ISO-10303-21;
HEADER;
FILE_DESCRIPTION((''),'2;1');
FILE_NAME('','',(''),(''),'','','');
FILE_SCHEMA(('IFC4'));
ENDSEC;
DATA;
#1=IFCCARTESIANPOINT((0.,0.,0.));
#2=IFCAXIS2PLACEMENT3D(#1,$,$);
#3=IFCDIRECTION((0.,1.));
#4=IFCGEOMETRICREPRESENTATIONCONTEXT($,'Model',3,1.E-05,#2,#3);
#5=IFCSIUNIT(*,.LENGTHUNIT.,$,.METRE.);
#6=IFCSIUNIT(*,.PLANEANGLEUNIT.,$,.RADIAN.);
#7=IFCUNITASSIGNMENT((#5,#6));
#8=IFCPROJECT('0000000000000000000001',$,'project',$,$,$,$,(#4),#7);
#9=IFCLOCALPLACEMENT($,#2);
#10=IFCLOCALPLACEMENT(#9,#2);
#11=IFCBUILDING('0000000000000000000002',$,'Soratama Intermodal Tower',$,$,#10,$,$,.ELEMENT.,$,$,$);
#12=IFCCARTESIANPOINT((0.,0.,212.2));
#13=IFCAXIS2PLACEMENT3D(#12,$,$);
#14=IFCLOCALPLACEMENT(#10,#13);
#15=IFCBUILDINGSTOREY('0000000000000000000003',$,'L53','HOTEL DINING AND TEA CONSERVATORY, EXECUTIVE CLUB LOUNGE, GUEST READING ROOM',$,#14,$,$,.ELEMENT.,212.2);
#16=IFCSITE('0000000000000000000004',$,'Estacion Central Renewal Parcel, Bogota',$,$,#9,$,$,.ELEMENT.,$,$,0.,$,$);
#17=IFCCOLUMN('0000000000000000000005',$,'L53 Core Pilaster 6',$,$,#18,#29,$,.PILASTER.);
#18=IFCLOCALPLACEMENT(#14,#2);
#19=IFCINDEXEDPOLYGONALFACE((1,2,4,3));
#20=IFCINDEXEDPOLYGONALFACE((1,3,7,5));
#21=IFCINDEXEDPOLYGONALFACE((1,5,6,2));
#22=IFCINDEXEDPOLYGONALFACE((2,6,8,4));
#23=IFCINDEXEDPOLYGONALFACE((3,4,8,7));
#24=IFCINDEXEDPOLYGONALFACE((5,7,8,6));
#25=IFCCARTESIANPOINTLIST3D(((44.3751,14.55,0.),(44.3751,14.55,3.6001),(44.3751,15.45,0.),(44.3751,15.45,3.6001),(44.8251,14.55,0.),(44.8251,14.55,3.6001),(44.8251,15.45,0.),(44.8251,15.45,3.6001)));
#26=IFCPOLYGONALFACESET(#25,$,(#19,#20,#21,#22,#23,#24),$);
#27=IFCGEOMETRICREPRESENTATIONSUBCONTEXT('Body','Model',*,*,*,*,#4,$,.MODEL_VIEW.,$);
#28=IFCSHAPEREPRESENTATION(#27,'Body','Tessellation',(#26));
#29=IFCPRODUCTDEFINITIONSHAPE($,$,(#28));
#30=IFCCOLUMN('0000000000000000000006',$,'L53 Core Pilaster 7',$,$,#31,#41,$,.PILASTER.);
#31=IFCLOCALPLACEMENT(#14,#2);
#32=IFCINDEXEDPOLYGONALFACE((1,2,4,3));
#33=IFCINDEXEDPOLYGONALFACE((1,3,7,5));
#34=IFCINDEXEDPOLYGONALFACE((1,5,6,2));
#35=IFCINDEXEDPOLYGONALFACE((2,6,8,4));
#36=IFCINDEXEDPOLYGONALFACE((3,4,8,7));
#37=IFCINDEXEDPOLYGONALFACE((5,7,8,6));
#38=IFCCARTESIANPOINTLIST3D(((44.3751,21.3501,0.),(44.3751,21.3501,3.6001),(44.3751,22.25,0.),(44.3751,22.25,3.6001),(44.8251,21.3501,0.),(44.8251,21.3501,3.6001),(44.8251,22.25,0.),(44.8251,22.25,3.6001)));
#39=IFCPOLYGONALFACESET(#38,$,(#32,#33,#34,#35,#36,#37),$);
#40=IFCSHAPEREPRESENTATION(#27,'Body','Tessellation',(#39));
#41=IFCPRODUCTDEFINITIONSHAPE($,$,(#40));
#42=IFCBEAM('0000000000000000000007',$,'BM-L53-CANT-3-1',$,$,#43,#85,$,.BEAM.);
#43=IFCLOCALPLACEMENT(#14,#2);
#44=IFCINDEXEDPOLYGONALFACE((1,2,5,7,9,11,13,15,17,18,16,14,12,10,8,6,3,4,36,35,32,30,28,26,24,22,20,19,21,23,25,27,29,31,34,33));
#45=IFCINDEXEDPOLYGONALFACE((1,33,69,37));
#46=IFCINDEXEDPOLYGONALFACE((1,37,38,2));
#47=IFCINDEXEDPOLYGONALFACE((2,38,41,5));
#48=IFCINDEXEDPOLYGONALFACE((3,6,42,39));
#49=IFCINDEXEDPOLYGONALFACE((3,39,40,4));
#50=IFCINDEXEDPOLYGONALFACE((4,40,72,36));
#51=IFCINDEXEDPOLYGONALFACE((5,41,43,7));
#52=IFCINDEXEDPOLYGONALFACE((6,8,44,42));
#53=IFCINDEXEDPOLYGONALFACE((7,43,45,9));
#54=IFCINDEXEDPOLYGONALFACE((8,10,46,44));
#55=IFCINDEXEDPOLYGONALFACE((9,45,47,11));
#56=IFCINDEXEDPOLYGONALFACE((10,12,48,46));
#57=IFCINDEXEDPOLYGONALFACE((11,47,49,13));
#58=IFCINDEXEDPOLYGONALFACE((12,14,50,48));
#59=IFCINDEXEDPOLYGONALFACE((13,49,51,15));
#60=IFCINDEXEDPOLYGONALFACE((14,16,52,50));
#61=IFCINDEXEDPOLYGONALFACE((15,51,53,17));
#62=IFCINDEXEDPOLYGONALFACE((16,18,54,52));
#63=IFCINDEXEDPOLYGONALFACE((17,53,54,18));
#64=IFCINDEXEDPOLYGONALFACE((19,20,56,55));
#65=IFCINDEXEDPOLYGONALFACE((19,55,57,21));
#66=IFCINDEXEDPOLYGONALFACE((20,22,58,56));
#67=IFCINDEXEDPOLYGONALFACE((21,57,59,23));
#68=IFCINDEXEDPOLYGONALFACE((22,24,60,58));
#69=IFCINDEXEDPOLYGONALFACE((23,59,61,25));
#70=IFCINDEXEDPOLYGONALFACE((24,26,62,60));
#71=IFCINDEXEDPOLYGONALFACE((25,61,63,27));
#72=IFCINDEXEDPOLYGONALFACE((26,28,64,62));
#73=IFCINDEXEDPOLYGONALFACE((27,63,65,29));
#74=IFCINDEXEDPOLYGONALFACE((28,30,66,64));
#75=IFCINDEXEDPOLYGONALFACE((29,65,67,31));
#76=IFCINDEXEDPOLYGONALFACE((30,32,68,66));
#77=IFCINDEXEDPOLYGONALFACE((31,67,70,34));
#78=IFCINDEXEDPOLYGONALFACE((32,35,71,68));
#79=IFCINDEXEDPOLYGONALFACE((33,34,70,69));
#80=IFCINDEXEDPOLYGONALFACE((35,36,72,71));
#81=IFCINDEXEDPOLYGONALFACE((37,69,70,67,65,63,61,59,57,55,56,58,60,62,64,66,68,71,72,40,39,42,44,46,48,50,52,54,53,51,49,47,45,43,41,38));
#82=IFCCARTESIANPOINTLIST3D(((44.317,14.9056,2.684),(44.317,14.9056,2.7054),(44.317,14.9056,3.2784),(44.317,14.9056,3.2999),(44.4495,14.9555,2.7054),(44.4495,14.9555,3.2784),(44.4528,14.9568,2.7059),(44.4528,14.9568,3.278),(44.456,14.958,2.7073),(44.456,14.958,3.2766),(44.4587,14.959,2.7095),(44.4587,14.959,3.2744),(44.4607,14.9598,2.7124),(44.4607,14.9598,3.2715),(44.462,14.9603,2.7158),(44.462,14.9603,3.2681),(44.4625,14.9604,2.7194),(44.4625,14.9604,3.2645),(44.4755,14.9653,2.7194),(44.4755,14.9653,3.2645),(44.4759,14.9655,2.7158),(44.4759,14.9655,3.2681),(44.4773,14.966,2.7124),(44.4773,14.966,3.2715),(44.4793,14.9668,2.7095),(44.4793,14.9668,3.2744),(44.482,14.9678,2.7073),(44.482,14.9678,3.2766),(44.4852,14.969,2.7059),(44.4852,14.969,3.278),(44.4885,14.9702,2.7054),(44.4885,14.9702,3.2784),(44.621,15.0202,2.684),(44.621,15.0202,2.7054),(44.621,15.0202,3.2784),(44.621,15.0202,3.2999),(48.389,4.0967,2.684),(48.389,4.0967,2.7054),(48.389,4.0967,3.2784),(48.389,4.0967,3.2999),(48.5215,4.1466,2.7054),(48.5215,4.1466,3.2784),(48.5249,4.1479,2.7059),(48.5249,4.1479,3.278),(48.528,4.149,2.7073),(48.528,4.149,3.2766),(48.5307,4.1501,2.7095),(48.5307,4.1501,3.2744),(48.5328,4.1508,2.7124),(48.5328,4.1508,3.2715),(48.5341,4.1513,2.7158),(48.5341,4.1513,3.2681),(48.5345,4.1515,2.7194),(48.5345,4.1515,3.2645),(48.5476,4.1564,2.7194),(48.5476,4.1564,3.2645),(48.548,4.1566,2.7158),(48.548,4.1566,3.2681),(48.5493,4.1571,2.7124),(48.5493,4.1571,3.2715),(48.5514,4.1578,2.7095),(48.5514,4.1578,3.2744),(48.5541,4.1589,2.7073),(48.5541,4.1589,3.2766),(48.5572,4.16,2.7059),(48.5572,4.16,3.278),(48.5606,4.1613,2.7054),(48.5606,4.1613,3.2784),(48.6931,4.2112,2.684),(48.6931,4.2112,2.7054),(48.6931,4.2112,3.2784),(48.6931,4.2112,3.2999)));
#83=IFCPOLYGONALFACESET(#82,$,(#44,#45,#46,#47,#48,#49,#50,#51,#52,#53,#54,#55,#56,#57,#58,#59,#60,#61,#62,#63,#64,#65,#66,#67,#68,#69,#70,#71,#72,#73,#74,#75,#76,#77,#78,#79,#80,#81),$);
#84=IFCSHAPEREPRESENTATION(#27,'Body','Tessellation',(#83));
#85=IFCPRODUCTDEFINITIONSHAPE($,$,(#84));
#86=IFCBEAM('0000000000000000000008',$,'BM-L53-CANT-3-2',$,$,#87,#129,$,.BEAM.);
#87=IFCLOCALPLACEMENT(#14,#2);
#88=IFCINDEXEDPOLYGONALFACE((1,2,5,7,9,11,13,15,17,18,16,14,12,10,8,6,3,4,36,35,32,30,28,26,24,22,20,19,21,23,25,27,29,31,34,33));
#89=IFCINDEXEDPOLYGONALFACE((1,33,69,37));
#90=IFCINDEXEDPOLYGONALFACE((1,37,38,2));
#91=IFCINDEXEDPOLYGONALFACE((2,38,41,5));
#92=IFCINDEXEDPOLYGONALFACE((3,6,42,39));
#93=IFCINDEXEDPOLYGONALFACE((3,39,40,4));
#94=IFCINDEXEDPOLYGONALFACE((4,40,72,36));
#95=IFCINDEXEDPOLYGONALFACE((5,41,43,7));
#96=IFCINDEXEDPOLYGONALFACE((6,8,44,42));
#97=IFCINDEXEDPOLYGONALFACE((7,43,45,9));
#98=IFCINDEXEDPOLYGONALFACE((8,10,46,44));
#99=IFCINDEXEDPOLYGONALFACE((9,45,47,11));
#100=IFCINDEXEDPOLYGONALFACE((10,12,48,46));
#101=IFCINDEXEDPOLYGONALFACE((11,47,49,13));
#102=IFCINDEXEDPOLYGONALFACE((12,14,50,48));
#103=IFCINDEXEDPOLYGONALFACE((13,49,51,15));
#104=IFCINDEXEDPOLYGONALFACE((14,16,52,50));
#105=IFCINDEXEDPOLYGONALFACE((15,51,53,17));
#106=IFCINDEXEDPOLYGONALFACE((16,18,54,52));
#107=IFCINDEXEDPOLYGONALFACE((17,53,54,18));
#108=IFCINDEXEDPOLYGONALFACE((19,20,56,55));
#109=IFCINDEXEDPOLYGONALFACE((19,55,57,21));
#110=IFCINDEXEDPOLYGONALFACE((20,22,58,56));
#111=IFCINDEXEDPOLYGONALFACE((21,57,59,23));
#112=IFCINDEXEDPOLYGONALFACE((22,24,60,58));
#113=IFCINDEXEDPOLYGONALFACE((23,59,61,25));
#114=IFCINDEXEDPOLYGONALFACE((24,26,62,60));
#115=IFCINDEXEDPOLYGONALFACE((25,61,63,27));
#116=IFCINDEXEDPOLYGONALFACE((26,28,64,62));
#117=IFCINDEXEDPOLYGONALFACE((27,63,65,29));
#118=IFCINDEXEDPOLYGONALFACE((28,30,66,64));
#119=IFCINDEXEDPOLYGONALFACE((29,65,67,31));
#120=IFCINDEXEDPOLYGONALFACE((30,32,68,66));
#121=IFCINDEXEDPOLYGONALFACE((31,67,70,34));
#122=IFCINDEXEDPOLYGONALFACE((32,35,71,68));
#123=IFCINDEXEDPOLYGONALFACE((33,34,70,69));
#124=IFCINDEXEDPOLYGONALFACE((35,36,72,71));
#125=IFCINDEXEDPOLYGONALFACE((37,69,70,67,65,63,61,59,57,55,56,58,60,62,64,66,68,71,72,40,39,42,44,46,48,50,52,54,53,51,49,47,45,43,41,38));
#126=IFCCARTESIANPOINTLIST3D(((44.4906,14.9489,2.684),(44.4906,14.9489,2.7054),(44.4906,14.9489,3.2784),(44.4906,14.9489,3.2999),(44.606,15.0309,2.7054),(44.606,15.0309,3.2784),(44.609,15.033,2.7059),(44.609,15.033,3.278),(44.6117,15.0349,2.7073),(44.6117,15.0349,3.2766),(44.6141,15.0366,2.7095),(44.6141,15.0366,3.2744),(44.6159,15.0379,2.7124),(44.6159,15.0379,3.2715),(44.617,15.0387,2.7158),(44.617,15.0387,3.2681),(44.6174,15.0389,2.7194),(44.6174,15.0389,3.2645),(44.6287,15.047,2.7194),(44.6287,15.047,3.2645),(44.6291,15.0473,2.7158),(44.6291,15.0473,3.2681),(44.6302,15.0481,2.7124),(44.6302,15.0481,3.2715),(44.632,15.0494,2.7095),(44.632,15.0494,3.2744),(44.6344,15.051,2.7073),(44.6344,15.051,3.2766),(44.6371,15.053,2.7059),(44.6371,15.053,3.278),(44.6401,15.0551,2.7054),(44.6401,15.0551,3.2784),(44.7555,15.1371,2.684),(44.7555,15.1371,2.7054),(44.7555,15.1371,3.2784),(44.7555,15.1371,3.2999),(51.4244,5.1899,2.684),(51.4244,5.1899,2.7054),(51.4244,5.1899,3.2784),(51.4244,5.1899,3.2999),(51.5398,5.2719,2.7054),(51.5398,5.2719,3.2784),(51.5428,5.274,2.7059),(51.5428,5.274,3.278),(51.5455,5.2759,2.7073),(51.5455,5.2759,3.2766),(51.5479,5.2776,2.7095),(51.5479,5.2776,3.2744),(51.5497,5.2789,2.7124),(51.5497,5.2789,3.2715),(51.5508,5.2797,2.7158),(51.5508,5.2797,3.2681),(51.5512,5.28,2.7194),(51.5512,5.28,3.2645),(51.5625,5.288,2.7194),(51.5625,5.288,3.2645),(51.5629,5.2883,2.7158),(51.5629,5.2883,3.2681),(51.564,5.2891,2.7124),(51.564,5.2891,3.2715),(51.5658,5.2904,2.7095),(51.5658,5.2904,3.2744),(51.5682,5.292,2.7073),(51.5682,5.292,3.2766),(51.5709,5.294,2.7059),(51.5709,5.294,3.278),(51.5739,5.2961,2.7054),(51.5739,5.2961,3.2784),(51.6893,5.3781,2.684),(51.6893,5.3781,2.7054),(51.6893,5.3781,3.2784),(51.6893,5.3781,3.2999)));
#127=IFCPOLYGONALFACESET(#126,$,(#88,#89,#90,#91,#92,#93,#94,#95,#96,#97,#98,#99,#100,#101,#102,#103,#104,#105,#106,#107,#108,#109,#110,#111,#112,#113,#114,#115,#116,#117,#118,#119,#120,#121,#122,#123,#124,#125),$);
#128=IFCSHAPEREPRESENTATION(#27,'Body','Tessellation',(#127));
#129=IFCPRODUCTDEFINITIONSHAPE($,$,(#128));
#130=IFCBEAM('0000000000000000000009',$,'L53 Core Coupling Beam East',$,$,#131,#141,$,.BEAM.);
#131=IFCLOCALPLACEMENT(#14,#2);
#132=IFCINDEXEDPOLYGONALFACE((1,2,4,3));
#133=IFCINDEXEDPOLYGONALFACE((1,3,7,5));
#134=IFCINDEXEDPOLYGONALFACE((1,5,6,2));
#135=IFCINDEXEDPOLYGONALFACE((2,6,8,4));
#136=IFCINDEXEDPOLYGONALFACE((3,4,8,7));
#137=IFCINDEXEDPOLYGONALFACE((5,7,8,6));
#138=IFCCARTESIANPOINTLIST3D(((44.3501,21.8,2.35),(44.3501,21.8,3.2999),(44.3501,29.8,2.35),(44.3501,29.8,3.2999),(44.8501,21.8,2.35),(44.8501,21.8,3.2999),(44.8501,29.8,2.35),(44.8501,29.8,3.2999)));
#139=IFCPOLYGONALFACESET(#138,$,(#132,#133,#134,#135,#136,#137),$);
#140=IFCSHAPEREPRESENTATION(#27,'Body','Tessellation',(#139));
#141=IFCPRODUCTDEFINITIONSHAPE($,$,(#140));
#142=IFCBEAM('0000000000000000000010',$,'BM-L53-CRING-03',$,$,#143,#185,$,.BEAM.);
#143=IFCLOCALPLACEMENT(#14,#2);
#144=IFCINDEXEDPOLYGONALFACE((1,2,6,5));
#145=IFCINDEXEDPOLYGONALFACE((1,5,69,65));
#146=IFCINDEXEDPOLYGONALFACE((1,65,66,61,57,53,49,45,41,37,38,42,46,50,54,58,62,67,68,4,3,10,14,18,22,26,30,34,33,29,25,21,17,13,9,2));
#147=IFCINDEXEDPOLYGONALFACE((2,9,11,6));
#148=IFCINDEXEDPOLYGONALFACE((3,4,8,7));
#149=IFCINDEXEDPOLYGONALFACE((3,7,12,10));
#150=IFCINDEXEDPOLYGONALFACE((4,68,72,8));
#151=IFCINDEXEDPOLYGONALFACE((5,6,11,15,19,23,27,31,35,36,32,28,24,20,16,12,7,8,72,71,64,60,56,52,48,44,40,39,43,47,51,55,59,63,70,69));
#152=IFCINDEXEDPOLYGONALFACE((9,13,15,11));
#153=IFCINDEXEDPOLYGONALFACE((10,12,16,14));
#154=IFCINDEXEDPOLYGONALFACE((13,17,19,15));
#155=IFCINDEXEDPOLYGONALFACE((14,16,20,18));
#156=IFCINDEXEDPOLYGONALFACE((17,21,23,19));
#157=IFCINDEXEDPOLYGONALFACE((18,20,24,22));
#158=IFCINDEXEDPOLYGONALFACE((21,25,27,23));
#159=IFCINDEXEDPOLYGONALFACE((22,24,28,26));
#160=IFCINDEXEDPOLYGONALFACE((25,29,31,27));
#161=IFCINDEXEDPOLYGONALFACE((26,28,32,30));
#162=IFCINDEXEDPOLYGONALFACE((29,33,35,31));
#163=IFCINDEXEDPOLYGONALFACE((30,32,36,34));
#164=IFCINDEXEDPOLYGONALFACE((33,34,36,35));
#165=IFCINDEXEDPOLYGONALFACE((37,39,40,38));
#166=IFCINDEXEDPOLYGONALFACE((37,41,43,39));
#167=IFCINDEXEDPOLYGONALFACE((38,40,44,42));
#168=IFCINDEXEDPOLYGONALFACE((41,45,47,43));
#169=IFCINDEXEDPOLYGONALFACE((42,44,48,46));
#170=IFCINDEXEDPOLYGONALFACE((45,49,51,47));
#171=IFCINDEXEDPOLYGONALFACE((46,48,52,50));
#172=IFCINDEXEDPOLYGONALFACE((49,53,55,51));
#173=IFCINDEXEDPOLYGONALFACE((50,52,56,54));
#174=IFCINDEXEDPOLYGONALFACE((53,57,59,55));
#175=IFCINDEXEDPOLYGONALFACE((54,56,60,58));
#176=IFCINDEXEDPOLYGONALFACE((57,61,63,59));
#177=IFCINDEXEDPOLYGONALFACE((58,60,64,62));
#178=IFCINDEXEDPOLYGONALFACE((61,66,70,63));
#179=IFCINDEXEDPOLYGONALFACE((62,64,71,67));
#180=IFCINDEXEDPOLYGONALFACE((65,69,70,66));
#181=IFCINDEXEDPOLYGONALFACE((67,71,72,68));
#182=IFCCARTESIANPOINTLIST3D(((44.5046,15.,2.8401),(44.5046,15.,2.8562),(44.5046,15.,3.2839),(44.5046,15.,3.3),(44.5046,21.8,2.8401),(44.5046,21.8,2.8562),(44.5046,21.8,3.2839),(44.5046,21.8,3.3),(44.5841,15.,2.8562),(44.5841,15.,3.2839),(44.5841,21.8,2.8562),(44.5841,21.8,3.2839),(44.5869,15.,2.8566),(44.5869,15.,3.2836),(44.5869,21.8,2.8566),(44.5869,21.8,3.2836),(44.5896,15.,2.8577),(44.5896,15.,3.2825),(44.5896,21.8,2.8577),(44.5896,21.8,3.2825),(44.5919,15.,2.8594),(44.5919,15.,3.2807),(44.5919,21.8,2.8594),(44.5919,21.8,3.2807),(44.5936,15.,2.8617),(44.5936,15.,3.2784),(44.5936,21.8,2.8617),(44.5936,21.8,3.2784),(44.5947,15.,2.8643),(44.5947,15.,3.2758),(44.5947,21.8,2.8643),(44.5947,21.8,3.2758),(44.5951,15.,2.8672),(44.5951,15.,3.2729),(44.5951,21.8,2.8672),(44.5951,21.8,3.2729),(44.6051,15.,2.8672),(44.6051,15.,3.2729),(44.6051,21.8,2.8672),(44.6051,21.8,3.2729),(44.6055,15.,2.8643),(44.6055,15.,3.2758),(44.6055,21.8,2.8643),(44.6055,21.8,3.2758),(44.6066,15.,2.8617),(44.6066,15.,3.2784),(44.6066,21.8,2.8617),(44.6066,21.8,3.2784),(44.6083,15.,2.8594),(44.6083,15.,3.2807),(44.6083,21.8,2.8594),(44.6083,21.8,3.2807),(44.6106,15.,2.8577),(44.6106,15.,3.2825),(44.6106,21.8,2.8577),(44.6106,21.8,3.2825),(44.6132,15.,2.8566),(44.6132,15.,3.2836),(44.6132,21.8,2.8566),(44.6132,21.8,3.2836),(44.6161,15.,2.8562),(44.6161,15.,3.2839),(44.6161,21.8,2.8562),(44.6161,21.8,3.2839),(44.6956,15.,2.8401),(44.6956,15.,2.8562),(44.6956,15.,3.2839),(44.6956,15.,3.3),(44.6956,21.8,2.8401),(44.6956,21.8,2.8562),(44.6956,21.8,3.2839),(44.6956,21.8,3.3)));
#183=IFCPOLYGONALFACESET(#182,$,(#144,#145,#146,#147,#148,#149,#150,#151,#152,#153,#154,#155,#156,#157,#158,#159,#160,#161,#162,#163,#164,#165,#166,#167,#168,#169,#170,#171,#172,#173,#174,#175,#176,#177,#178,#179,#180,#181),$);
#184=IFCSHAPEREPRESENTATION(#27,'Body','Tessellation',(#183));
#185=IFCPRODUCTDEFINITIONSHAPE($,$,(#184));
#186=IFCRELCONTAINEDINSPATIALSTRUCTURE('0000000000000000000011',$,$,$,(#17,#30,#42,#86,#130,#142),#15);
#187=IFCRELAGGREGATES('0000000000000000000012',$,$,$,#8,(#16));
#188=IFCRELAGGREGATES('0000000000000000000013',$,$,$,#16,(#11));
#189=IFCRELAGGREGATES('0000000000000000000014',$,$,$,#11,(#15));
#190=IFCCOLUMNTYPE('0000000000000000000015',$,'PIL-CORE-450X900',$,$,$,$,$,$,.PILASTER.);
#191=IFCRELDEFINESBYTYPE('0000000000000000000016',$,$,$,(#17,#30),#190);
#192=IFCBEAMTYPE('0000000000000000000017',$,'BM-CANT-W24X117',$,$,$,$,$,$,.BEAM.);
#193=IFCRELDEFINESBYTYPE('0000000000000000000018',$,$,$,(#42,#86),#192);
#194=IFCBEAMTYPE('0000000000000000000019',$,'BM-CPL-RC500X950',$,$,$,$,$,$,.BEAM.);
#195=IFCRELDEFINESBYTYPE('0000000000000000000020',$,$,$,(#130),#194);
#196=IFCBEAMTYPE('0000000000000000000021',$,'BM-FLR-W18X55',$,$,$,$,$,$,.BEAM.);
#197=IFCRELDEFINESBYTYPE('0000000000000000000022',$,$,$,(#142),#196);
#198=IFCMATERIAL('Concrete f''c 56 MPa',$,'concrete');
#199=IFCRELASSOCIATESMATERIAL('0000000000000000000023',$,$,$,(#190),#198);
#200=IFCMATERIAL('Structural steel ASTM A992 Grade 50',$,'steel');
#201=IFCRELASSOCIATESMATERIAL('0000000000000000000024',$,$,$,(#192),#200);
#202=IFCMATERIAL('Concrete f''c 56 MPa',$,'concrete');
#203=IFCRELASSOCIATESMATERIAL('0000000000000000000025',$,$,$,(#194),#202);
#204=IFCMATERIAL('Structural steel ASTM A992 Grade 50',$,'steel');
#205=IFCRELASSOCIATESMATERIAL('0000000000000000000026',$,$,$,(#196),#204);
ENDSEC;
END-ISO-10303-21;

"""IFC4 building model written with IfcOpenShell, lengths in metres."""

from ifc_helpers import new_model, si_unit, direction, frame, origin, origin_2d, place, context, subcontext, project, spatial, rectangle, i_section, extrude, material, material_profile, profile_set, type_object, element, save


model = new_model("IFC4")

# Units and contexts
model_context = context("Model", 3, precision=1e-05, world=origin(), true_north=direction((0.0, 1.0)))
body_context = subcontext(model_context, "Body", "Model", "MODEL_VIEW")
ifc_project = project(units=[si_unit("LENGTHUNIT", "METRE"), si_unit("PLANEANGLEUNIT", "RADIAN")], contexts=[model_context])

# Site, building, storey
site_placement = place(None, origin())
site = spatial("IfcSite", under=ifc_project, at=site_placement, Name="Estacion Central Renewal Parcel, Bogota", CompositionType="ELEMENT", RefElevation=0.0)
building_placement = place(site_placement, origin())
building = spatial("IfcBuilding", under=site, at=building_placement, Name="Soratama Intermodal Tower", CompositionType="ELEMENT")
storey_placement = place(building_placement, frame((0.0, 0.0, 212.2)))
storey = spatial("IfcBuildingStorey", under=building, at=storey_placement, Name="L53", Description="HOTEL DINING AND TEA CONSERVATORY, EXECUTIVE CLUB LOUNGE, GUEST READING ROOM", CompositionType="ELEMENT", Elevation=212.2)

# Columns
ifc_material_1 = material(Name="Concrete f'c 56 MPa", Category="concrete")
ifc_material_profile_1 = material_profile(ifc_material_1, rectangle(XDim=0.45, YDim=0.8999, at=origin_2d()), Name="RC450X900")
ifc_profile_set_1 = profile_set([ifc_material_profile_1], Name="Concrete f'c 56 MPa")
column_type = type_object("IfcColumnType", Name="PIL-CORE-450X900", PredefinedType="PILASTER", material=ifc_profile_set_1)
for number, where, z_axis, x_axis, name in (
    (1, (44.6001, 15.0, 0.0), (0.0, 0.0, 1.0), (1.0, 0.0, 0.0), "L53 Core Pilaster 6"),
    (2, (44.6001, 21.8, 0.0), (0.0, 0.0, 1.0), (1.0, 0.0, 0.0), "L53 Core Pilaster 7"),
):
    element("IfcColumn", number, at=place(storey_placement, frame(where, z_axis=z_axis, x_axis=x_axis)), inside=storey, type_object=column_type, Name=name, PredefinedType="PILASTER", context=body_context, shape_type="SweptSolid", body=[
        extrude(rectangle(XDim=0.45, YDim=0.8999, at=origin_2d()), origin(), (0.0, 0.0, 1.0), 3.6001),
    ])

# Beams
ifc_material_2 = material(Name="Structural steel ASTM A992 Grade 50", Category="steel")
ifc_material_profile_2 = material_profile(ifc_material_2, i_section(OverallWidth=0.325, OverallDepth=0.616, WebThickness=0.0139, FlangeThickness=0.0215, FilletRadius=0.0139, at=origin_2d()), Name="W24X117")
ifc_profile_set_2 = profile_set([ifc_material_profile_2], Name="Structural steel ASTM A992 Grade 50")
beam_type_1 = type_object("IfcBeamType", Name="BM-CANT-W24X117", PredefinedType="BEAM", material=ifc_profile_set_2)
beam_1_placement = place(storey_placement, frame((44.469, 14.9629, 2.9919), z_axis=(0.352543, -0.935796, 0.0), x_axis=(0.935796, 0.352543, 0.0)))
element("IfcBeam", 3, at=beam_1_placement, inside=storey, type_object=beam_type_1, Name="BM-L53-CANT-3-1", PredefinedType="BEAM", context=body_context, shape_type="SweptSolid", body=[
    extrude(i_section(OverallWidth=0.325, OverallDepth=0.616, WebThickness=0.0139, FlangeThickness=0.0215, FilletRadius=0.0139, at=origin_2d()), origin(), (0.0, 0.0, 1.0), 11.5505),
])
beam_2_placement = place(storey_placement, frame((44.623, 15.043, 2.9919), z_axis=(0.579195, -0.815189, 0.0), x_axis=(0.815189, 0.579195, 0.0)))
element("IfcBeam", 4, at=beam_2_placement, inside=storey, type_object=beam_type_1, Name="BM-L53-CANT-3-2", PredefinedType="BEAM", context=body_context, shape_type="SweptSolid", body=[
    extrude(i_section(OverallWidth=0.325, OverallDepth=0.616, WebThickness=0.0139, FlangeThickness=0.0215, FilletRadius=0.0139, at=origin_2d()), origin(), (0.0, 0.0, 1.0), 11.9714),
])
ifc_material_3 = material(Name="Concrete f'c 56 MPa", Category="concrete")
ifc_material_profile_3 = material_profile(ifc_material_3, rectangle(XDim=0.5, YDim=0.95, at=origin_2d()), Name="RC500X950")
ifc_profile_set_3 = profile_set([ifc_material_profile_3], Name="Concrete f'c 56 MPa")
beam_type_2 = type_object("IfcBeamType", Name="BM-CPL-RC500X950", PredefinedType="BEAM", material=ifc_profile_set_3)
beam_3_placement = place(storey_placement, frame((44.6001, 21.8, 2.825), z_axis=(0.0, 1.0, 0.0), x_axis=(-1.0, 0.0, 0.0)))
element("IfcBeam", 5, at=beam_3_placement, inside=storey, type_object=beam_type_2, Name="L53 Core Coupling Beam East", PredefinedType="BEAM", context=body_context, shape_type="SweptSolid", body=[
    extrude(rectangle(XDim=0.5, YDim=0.95, at=origin_2d()), origin(), (0.0, 0.0, 1.0), 8.0),
])
ifc_material_4 = material(Name="Structural steel ASTM A992 Grade 50", Category="steel")
ifc_material_profile_4 = material_profile(ifc_material_4, i_section(OverallWidth=0.1909, OverallDepth=0.46, WebThickness=0.01, FlangeThickness=0.0161, FilletRadius=0.011, at=origin_2d()), Name="W18X55")
ifc_profile_set_4 = profile_set([ifc_material_profile_4], Name="Structural steel ASTM A992 Grade 50")
beam_type_3 = type_object("IfcBeamType", Name="BM-FLR-W18X55", PredefinedType="BEAM", material=ifc_profile_set_4)
beam_4_placement = place(storey_placement, frame((44.6001, 15.0, 3.0701), z_axis=(0.0, 1.0, 0.0), x_axis=(-1.0, 0.0, 0.0)))
element("IfcBeam", 6, at=beam_4_placement, inside=storey, type_object=beam_type_3, Name="BM-L53-CRING-03", PredefinedType="BEAM", context=body_context, shape_type="SweptSolid", body=[
    extrude(i_section(OverallWidth=0.1909, OverallDepth=0.46, WebThickness=0.01, FlangeThickness=0.0161, FilletRadius=0.011, at=origin_2d()), origin(), (0.0, 0.0, 1.0), 6.8),
])

save(model, "model.ifc")
